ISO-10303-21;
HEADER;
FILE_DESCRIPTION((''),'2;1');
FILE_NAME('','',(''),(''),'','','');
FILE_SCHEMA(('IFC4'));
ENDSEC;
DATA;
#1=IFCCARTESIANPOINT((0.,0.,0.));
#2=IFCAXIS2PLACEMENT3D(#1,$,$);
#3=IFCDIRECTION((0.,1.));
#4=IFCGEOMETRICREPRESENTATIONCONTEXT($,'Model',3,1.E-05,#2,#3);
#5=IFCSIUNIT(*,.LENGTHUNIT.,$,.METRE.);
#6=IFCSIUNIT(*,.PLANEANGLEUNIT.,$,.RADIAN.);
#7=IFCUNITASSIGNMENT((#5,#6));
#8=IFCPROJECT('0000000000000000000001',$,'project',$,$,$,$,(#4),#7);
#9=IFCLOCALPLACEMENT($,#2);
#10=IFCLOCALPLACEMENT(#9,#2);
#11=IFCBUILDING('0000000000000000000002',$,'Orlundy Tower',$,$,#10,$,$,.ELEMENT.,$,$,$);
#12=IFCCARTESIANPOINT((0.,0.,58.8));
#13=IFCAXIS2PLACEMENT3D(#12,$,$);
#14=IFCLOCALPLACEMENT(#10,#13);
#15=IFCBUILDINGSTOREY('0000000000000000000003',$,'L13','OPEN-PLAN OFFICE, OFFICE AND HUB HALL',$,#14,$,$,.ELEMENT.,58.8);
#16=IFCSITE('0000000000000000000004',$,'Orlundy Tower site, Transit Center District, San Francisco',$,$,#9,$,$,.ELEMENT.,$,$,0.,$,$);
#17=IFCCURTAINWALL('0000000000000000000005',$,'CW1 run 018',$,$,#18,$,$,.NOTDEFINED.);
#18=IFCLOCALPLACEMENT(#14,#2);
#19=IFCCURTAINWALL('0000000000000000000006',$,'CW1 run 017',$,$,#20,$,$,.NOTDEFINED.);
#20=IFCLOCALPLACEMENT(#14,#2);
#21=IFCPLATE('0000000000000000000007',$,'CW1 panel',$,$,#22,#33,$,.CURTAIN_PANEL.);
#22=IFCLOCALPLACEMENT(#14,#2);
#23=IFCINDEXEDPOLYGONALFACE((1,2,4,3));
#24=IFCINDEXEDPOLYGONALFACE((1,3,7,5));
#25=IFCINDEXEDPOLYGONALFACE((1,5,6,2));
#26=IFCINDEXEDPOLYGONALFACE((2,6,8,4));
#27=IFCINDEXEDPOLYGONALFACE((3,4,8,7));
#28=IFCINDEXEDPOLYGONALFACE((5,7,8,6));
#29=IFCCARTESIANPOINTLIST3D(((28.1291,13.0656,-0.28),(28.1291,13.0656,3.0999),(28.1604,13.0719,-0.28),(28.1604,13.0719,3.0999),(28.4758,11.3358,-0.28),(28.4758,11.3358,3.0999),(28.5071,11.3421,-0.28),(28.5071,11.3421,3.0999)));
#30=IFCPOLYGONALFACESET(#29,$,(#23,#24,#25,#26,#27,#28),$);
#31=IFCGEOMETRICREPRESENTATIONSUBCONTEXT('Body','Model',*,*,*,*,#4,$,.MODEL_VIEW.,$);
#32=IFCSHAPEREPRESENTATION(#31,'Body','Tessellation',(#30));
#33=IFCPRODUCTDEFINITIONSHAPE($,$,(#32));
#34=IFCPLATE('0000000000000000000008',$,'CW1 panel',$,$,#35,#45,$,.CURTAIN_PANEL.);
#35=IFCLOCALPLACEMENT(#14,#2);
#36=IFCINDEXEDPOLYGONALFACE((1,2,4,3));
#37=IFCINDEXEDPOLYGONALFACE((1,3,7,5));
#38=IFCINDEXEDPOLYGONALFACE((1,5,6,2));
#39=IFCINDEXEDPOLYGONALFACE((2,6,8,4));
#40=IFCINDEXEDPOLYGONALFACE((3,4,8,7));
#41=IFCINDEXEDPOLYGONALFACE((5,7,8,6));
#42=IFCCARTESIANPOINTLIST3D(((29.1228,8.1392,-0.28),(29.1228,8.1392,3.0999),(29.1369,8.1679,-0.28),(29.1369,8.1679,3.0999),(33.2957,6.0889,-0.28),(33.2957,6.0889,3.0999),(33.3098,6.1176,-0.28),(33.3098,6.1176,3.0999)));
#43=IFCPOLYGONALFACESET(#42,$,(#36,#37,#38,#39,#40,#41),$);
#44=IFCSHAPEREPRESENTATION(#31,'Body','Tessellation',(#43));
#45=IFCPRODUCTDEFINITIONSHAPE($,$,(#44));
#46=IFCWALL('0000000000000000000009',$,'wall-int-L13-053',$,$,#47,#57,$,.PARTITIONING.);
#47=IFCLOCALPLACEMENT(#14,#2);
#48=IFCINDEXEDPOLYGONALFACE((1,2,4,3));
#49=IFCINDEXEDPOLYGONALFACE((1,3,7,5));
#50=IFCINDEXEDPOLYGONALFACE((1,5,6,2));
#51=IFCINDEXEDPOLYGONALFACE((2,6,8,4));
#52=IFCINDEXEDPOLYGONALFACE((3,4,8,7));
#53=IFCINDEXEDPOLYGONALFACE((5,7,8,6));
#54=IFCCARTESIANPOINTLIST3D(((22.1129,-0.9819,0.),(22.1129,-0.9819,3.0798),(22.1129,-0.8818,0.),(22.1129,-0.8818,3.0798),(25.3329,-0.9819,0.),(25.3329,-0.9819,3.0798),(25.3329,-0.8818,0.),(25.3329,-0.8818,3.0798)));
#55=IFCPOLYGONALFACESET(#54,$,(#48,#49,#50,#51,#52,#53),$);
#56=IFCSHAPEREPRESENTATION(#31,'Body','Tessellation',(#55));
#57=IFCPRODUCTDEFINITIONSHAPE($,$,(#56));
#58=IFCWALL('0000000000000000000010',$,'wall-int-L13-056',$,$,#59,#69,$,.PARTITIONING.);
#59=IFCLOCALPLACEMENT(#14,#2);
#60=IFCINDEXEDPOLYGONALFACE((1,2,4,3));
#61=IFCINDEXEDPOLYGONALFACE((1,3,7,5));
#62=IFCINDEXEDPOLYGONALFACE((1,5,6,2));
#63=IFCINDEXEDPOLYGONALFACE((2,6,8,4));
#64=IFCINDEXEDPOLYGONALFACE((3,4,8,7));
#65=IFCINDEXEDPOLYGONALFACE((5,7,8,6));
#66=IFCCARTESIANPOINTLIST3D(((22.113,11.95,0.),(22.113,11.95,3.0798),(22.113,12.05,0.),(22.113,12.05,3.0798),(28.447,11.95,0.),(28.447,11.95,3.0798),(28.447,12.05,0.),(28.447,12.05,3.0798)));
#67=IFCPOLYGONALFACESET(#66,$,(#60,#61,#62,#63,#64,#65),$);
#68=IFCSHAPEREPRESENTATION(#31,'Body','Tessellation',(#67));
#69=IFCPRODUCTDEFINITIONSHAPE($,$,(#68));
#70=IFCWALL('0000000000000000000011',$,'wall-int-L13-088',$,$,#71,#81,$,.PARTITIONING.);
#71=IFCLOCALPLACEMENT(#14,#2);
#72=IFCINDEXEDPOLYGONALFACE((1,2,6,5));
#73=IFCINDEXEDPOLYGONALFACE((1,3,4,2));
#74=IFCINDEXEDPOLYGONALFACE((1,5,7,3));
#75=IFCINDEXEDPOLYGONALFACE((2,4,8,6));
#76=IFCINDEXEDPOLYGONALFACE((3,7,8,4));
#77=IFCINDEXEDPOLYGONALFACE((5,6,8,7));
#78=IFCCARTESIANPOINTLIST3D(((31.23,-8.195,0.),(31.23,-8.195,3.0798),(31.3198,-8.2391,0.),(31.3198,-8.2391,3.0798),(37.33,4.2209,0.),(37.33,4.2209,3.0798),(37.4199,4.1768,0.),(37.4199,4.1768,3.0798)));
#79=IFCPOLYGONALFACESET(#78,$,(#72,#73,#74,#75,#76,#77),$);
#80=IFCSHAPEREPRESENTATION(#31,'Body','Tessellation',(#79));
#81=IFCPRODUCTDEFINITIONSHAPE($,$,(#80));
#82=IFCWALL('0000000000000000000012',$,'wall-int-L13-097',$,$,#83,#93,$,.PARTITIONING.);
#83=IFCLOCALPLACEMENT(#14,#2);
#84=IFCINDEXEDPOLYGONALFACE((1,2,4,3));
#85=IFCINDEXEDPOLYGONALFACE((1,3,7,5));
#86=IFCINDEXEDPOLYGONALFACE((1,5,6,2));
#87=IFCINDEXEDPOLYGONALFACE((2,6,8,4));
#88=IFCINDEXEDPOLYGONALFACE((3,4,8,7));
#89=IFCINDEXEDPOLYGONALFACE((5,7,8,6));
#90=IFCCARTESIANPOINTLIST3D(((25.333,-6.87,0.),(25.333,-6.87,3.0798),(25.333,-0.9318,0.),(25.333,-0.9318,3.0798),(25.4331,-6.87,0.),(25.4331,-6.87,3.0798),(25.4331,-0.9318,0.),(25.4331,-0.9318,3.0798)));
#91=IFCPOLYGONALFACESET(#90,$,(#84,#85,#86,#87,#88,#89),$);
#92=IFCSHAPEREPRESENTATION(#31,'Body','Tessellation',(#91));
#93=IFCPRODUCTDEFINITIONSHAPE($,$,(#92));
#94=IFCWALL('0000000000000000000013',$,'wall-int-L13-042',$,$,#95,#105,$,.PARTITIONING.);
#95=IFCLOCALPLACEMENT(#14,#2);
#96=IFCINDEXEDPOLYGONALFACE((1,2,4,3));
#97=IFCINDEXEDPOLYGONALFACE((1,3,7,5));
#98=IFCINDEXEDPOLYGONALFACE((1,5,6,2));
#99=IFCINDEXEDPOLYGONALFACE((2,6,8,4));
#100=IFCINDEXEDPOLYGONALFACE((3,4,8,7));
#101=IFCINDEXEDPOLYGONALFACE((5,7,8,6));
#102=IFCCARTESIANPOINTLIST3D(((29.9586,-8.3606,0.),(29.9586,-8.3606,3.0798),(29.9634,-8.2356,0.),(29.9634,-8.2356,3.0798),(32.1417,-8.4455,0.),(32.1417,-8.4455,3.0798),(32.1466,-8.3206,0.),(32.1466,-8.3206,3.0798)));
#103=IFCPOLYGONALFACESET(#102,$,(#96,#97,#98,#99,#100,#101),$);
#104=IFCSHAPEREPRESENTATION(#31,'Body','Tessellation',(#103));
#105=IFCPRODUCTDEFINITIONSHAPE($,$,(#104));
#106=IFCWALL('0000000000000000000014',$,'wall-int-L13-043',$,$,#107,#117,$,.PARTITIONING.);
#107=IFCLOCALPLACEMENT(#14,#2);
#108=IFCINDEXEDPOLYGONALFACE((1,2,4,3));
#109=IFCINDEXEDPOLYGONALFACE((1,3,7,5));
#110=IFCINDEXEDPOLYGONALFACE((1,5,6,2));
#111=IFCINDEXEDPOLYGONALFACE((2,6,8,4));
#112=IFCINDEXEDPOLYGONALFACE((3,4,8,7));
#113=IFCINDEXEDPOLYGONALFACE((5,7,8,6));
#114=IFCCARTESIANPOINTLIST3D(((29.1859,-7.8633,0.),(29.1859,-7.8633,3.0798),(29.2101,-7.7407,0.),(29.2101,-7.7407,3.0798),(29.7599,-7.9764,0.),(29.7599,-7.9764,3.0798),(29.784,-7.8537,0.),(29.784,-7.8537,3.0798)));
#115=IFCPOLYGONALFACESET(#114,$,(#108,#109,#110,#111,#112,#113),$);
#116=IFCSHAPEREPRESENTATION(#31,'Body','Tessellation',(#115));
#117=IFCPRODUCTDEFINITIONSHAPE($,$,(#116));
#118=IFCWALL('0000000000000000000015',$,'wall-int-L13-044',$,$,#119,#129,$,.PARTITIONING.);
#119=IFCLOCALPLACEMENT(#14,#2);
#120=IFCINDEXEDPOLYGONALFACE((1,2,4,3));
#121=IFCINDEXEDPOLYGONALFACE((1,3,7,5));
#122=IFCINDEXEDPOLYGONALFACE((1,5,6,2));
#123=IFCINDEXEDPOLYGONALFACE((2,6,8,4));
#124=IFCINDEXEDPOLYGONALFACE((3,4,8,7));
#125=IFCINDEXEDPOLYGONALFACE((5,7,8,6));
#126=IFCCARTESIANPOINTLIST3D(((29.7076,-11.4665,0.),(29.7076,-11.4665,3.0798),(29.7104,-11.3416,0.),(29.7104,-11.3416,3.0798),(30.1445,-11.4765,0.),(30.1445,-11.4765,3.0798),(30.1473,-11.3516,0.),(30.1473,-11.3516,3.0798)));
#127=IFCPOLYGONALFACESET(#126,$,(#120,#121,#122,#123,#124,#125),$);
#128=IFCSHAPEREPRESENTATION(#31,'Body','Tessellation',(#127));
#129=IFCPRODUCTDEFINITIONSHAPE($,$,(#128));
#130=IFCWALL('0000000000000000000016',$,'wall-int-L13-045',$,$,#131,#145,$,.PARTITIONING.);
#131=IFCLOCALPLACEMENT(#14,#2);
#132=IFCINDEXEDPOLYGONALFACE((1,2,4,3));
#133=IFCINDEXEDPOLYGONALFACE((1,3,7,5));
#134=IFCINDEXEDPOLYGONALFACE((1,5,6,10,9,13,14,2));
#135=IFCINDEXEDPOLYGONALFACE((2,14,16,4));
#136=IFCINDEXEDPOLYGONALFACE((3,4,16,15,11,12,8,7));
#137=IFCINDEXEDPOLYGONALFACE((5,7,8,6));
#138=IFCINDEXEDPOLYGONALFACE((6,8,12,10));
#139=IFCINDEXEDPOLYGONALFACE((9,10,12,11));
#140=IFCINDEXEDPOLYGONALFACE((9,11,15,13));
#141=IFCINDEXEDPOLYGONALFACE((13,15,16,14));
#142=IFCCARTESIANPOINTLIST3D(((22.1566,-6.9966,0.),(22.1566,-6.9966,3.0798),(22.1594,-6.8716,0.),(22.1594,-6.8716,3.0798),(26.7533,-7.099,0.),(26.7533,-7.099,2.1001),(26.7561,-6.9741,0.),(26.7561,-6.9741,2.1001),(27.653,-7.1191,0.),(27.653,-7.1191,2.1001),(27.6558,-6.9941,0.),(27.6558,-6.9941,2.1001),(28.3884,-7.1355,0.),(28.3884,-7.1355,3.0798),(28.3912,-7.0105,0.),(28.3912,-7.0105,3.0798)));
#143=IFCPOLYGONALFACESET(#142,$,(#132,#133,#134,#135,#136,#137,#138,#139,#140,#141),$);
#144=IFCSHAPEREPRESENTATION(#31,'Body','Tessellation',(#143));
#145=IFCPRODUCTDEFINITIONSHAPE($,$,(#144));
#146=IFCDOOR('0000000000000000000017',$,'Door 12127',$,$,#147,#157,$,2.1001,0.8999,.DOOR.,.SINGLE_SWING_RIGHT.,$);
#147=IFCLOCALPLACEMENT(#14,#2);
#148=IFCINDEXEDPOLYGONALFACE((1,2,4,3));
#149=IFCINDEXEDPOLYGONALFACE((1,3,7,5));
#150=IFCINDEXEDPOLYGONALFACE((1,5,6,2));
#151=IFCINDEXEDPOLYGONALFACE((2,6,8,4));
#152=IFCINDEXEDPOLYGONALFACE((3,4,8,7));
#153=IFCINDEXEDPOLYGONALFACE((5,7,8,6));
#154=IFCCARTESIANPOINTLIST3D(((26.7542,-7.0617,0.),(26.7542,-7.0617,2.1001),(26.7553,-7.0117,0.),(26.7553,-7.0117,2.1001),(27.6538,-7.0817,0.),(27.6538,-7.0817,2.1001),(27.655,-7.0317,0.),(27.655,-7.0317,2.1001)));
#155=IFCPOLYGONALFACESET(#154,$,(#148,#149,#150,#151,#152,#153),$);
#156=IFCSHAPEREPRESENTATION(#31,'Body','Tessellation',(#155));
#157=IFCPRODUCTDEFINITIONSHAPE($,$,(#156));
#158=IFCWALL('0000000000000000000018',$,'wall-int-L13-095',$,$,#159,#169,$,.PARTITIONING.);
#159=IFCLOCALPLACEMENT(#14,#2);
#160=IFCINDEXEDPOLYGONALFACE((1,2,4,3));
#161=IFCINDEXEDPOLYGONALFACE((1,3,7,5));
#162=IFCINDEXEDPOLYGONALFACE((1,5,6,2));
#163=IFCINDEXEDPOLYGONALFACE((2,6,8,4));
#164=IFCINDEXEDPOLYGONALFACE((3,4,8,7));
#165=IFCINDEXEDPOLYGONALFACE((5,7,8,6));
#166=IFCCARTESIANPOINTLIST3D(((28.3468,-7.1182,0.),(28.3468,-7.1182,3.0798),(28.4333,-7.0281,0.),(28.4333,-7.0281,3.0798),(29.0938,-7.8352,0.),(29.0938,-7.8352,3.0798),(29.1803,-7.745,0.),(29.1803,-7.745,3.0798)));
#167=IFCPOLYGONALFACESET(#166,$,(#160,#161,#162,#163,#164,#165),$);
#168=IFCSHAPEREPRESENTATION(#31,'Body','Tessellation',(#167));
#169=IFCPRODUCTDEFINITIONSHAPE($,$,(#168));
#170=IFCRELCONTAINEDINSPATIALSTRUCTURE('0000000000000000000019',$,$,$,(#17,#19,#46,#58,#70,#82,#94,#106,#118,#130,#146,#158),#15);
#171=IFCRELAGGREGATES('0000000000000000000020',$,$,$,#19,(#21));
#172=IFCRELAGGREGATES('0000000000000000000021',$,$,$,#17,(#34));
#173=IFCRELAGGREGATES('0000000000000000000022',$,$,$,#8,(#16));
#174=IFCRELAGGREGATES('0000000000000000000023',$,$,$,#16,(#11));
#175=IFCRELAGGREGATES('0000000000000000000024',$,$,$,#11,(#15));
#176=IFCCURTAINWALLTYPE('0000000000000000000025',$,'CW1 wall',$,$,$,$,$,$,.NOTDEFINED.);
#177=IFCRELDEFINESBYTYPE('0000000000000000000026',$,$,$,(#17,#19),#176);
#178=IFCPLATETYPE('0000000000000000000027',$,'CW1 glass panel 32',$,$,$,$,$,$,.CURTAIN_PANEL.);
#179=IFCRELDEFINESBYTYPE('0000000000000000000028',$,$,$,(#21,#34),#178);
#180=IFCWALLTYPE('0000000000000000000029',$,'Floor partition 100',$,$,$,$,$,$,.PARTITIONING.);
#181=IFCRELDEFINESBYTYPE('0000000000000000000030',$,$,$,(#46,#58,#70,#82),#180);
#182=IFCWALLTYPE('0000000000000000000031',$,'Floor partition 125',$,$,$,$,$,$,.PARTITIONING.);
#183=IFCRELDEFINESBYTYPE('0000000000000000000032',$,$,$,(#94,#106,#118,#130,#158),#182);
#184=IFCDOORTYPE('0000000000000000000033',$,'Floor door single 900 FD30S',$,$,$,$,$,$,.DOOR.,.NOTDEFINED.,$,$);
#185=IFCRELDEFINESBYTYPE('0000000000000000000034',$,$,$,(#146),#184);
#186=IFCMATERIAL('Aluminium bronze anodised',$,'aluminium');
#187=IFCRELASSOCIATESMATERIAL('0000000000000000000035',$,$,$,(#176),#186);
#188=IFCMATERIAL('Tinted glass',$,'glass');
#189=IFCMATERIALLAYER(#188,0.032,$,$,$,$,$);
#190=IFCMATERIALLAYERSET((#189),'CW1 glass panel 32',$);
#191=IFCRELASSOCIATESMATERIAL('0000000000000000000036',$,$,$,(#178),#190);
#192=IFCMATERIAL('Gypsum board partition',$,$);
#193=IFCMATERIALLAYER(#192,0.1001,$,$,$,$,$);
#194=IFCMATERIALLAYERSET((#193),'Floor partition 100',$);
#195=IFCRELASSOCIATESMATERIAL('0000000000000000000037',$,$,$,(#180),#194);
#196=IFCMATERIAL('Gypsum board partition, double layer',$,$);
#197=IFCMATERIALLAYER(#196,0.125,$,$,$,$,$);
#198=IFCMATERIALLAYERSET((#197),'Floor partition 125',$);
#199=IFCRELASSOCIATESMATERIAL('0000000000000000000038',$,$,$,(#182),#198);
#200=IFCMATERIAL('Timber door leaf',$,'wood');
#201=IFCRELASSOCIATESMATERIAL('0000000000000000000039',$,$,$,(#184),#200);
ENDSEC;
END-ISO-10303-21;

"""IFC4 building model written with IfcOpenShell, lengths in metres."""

from ifc_helpers import new_model, si_unit, direction, frame, frame_2d, origin, origin_2d, place, context, subcontext, project, spatial, rectangle, extrude, material, layer, layer_set, type_object, element, fill, aggregate, save


model = new_model("IFC4")

# Units and contexts
model_context = context("Model", 3, precision=1e-05, world=origin(), true_north=direction((0.0, 1.0)))
body_context = subcontext(model_context, "Body", "Model", "MODEL_VIEW")
ifc_project = project(units=[si_unit("LENGTHUNIT", "METRE"), si_unit("PLANEANGLEUNIT", "RADIAN")], contexts=[model_context])

# Site, building, storey
site_placement = place(None, origin())
site = spatial("IfcSite", under=ifc_project, at=site_placement, Name="Orlundy Tower site, Transit Center District, San Francisco", CompositionType="ELEMENT", RefElevation=0.0)
building_placement = place(site_placement, origin())
building = spatial("IfcBuilding", under=site, at=building_placement, Name="Orlundy Tower", CompositionType="ELEMENT")
storey_placement = place(building_placement, frame((0.0, 0.0, 58.8)))
storey = spatial("IfcBuildingStorey", under=building, at=storey_placement, Name="L13", Description="OPEN-PLAN OFFICE, OFFICE AND HUB HALL", CompositionType="ELEMENT", Elevation=58.8)

# Curtain walls
ifc_material_1 = material(Name="Aluminium bronze anodised", Category="aluminium")
curtain_wall_type = type_object("IfcCurtainWallType", Name="CW1 wall", PredefinedType="NOTDEFINED", material=ifc_material_1)
curtain_wall_1_placement = place(storey_placement, origin())
curtain_wall_1 = element("IfcCurtainWall", 1, at=curtain_wall_1_placement, inside=storey, type_object=curtain_wall_type, Name="CW1 run 018", PredefinedType="NOTDEFINED")
curtain_wall_2_placement = place(storey_placement, origin())
curtain_wall_2 = element("IfcCurtainWall", 2, at=curtain_wall_2_placement, inside=storey, type_object=curtain_wall_type, Name="CW1 run 017", PredefinedType="NOTDEFINED")

# Plates
ifc_material_2 = material(Name="Tinted glass", Category="glass")
ifc_layer_1 = layer(ifc_material_2, 0.032)
ifc_layer_set_1 = layer_set([ifc_layer_1], Name="CW1 glass panel 32")
plate_type = type_object("IfcPlateType", Name="CW1 glass panel 32", PredefinedType="CURTAIN_PANEL", material=ifc_layer_set_1)
plate_1_placement = place(storey_placement, frame((28.3181, 12.2039, -0.28), z_axis=(0.0, 0.0, 1.0), x_axis=(0.196529, -0.980498, 0.0)))
plate_1 = element("IfcPlate", 3, at=plate_1_placement, type_object=plate_type, Name="CW1 panel", PredefinedType="CURTAIN_PANEL", context=body_context, shape_type="SweptSolid", body=[
    extrude(rectangle(XDim=1.7642, YDim=0.032, at=origin_2d()), origin(), (0.0, 0.0, 1.0), 3.3799),
])
aggregate(curtain_wall_2, [plate_1])
plate_2_placement = place(storey_placement, frame((31.2163, 7.1284, -0.28), z_axis=(0.0, 0.0, 1.0), x_axis=(0.897518, -0.440978, 0.0)))
plate_2 = element("IfcPlate", 4, at=plate_2_placement, type_object=plate_type, Name="CW1 panel", PredefinedType="CURTAIN_PANEL", context=body_context, shape_type="SweptSolid", body=[
    extrude(rectangle(XDim=4.6494, YDim=0.032, at=origin_2d()), origin(), (0.0, 0.0, 1.0), 3.3799),
])
aggregate(curtain_wall_1, [plate_2])

# Walls
ifc_material_3 = material(Name="Gypsum board partition")
ifc_layer_2 = layer(ifc_material_3, 0.1001)
ifc_layer_set_2 = layer_set([ifc_layer_2], Name="Floor partition 100")
wall_type_1 = type_object("IfcWallType", Name="Floor partition 100", PredefinedType="PARTITIONING", material=ifc_layer_set_2)
wall_1_placement = place(storey_placement, frame((22.113, -0.9319, 0.0), z_axis=(0.0, 0.0, 1.0), x_axis=(1.0, 0.0, 0.0)))
element("IfcWall", 5, at=wall_1_placement, inside=storey, type_object=wall_type_1, Name="wall-int-L13-053", PredefinedType="PARTITIONING", context=body_context, shape_type="SweptSolid", body=[
    extrude(rectangle(XDim=3.22, YDim=0.1001, at=frame_2d((1.6099, 0.0))), origin(), (0.0, 0.0, 1.0), 3.0798),
])
wall_2_placement = place(storey_placement, frame((22.113, 12.0, 0.0), z_axis=(0.0, 0.0, 1.0), x_axis=(1.0, 0.0, 0.0)))
element("IfcWall", 6, at=wall_2_placement, inside=storey, type_object=wall_type_1, Name="wall-int-L13-056", PredefinedType="PARTITIONING", context=body_context, shape_type="SweptSolid", body=[
    extrude(rectangle(XDim=6.334, YDim=0.1001, at=frame_2d((3.167, 0.0))), origin(), (0.0, 0.0, 1.0), 3.0798),
])
wall_3_placement = place(storey_placement, frame((31.2749, -8.217, 0.0), z_axis=(0.0, 0.0, 1.0), x_axis=(0.440962, 0.897526, 0.0)))
element("IfcWall", 7, at=wall_3_placement, inside=storey, type_object=wall_type_1, Name="wall-int-L13-088", PredefinedType="PARTITIONING", context=body_context, shape_type="SweptSolid", body=[
    extrude(rectangle(XDim=13.8335, YDim=0.1001, at=frame_2d((6.9167, 0.0))), origin(), (0.0, 0.0, 1.0), 3.0798),
])
wall_4_placement = place(storey_placement, frame((25.3831, -6.8701, 0.0), z_axis=(0.0, 0.0, 1.0), x_axis=(0.0, 1.0, 0.0)))
element("IfcWall", 8, at=wall_4_placement, inside=storey, type_object=wall_type_1, Name="wall-int-L13-097", PredefinedType="PARTITIONING", context=body_context, shape_type="SweptSolid", body=[
    extrude(rectangle(XDim=5.9382, YDim=0.1001, at=frame_2d((2.9692, 0.0))), origin(), (0.0, 0.0, 1.0), 3.0798),
])
ifc_material_4 = material(Name="Gypsum board partition, double layer")
ifc_layer_3 = layer(ifc_material_4, 0.125)
ifc_layer_set_3 = layer_set([ifc_layer_3], Name="Floor partition 125")
wall_type_2 = type_object("IfcWallType", Name="Floor partition 125", PredefinedType="PARTITIONING", material=ifc_layer_set_3)
wall_5_placement = place(storey_placement, frame((32.144, -8.3831, 0.0), z_axis=(0.0, 0.0, 1.0), x_axis=(-0.999244, 0.038888, 0.0)))
element("IfcWall", 9, at=wall_5_placement, inside=storey, type_object=wall_type_2, Name="wall-int-L13-042", PredefinedType="PARTITIONING", context=body_context, shape_type="SweptSolid", body=[
    extrude(rectangle(XDim=2.1848, YDim=0.125, at=frame_2d((1.0923, 0.0))), origin(), (0.0, 0.0, 1.0), 3.0798),
])
wall_6_placement = place(storey_placement, frame((29.198, -7.802, 0.0), z_axis=(0.0, 0.0, 1.0), x_axis=(0.981154, -0.193226, 0.0)))
element("IfcWall", 10, at=wall_6_placement, inside=storey, type_object=wall_type_2, Name="wall-int-L13-043", PredefinedType="PARTITIONING", context=body_context, shape_type="SweptSolid", body=[
    extrude(rectangle(XDim=0.585, YDim=0.125, at=frame_2d((0.2925, 0.0))), origin(), (0.0, 0.0, 1.0), 3.0798),
])
wall_7_placement = place(storey_placement, frame((29.709, -11.4041, 0.0), z_axis=(0.0, 0.0, 1.0), x_axis=(0.999738, -0.022899, 0.0)))
element("IfcWall", 11, at=wall_7_placement, inside=storey, type_object=wall_type_2, Name="wall-int-L13-044", PredefinedType="PARTITIONING", context=body_context, shape_type="SweptSolid", body=[
    extrude(rectangle(XDim=0.437, YDim=0.125, at=frame_2d((0.2185, 0.0))), origin(), (0.0, 0.0, 1.0), 3.0798),
])

# Wall, opening, door
wall_8_placement = place(storey_placement, frame((22.158, -6.9341, 0.0), z_axis=(0.0, 0.0, 1.0), x_axis=(0.999752, -0.022285, 0.0)))
wall_8 = element("IfcWall", 12, at=wall_8_placement, inside=storey, type_object=wall_type_2, Name="wall-int-L13-045", PredefinedType="PARTITIONING", context=body_context, shape_type="SweptSolid", body=[
    extrude(rectangle(XDim=6.2334, YDim=0.125, at=frame_2d((3.1167, 0.0))), origin(), (0.0, 0.0, 1.0), 3.0798),
])
opening_1_placement = place(wall_8_placement, frame((4.5979, 0.0, 0.0)))
opening_1 = element("IfcOpeningElement", 13, at=opening_1_placement, cuts=wall_8, PredefinedType="OPENING", context=body_context, shape_type="SweptSolid", body=[
    extrude(rectangle(XDim=0.8999, YDim=2.1001, at=frame_2d((0.45, 1.05))), frame((0.0, 0.0725, 0.0), z_axis=(0.0, -1.0, 0.0), x_axis=(1.0, 0.0, 0.0)), (0.0, 0.0, 1.0), 0.145),
])
ifc_material_5 = material(Name="Timber door leaf", Category="wood")
door_type_1 = type_object("IfcDoorType", Name="Floor door single 900 FD30S", OperationType="NOTDEFINED", PredefinedType="DOOR", material=ifc_material_5)
door_1_placement = place(opening_1_placement, origin())
door_1 = element("IfcDoor", 14, at=door_1_placement, inside=storey, type_object=door_type_1, Name="Door 12127", OperationType="SINGLE_SWING_RIGHT", OverallHeight=2.1001, OverallWidth=0.8999, PredefinedType="DOOR", context=body_context, shape_type="SweptSolid", body=[
    extrude(rectangle(XDim=0.8999, YDim=2.1001, at=frame_2d((0.45, 1.05))), frame((0.0, 0.0249, 0.0), z_axis=(0.0, -1.0, 0.0), x_axis=(1.0, 0.0, 0.0)), (0.0, 0.0, 1.0), 0.05),
])
fill(opening_1, door_1)

# Wall
wall_9_placement = place(storey_placement, frame((29.137, -7.79, 0.0), z_axis=(0.0, 0.0, 1.0), x_axis=(-0.721458, 0.692458, 0.0)))
element("IfcWall", 15, at=wall_9_placement, inside=storey, type_object=wall_type_2, Name="wall-int-L13-095", PredefinedType="PARTITIONING", context=body_context, shape_type="SweptSolid", body=[
    extrude(rectangle(XDim=1.0354, YDim=0.125, at=frame_2d((0.5176, 0.0))), origin(), (0.0, 0.0, 1.0), 3.0798),
])

save(model, "model.ifc")
